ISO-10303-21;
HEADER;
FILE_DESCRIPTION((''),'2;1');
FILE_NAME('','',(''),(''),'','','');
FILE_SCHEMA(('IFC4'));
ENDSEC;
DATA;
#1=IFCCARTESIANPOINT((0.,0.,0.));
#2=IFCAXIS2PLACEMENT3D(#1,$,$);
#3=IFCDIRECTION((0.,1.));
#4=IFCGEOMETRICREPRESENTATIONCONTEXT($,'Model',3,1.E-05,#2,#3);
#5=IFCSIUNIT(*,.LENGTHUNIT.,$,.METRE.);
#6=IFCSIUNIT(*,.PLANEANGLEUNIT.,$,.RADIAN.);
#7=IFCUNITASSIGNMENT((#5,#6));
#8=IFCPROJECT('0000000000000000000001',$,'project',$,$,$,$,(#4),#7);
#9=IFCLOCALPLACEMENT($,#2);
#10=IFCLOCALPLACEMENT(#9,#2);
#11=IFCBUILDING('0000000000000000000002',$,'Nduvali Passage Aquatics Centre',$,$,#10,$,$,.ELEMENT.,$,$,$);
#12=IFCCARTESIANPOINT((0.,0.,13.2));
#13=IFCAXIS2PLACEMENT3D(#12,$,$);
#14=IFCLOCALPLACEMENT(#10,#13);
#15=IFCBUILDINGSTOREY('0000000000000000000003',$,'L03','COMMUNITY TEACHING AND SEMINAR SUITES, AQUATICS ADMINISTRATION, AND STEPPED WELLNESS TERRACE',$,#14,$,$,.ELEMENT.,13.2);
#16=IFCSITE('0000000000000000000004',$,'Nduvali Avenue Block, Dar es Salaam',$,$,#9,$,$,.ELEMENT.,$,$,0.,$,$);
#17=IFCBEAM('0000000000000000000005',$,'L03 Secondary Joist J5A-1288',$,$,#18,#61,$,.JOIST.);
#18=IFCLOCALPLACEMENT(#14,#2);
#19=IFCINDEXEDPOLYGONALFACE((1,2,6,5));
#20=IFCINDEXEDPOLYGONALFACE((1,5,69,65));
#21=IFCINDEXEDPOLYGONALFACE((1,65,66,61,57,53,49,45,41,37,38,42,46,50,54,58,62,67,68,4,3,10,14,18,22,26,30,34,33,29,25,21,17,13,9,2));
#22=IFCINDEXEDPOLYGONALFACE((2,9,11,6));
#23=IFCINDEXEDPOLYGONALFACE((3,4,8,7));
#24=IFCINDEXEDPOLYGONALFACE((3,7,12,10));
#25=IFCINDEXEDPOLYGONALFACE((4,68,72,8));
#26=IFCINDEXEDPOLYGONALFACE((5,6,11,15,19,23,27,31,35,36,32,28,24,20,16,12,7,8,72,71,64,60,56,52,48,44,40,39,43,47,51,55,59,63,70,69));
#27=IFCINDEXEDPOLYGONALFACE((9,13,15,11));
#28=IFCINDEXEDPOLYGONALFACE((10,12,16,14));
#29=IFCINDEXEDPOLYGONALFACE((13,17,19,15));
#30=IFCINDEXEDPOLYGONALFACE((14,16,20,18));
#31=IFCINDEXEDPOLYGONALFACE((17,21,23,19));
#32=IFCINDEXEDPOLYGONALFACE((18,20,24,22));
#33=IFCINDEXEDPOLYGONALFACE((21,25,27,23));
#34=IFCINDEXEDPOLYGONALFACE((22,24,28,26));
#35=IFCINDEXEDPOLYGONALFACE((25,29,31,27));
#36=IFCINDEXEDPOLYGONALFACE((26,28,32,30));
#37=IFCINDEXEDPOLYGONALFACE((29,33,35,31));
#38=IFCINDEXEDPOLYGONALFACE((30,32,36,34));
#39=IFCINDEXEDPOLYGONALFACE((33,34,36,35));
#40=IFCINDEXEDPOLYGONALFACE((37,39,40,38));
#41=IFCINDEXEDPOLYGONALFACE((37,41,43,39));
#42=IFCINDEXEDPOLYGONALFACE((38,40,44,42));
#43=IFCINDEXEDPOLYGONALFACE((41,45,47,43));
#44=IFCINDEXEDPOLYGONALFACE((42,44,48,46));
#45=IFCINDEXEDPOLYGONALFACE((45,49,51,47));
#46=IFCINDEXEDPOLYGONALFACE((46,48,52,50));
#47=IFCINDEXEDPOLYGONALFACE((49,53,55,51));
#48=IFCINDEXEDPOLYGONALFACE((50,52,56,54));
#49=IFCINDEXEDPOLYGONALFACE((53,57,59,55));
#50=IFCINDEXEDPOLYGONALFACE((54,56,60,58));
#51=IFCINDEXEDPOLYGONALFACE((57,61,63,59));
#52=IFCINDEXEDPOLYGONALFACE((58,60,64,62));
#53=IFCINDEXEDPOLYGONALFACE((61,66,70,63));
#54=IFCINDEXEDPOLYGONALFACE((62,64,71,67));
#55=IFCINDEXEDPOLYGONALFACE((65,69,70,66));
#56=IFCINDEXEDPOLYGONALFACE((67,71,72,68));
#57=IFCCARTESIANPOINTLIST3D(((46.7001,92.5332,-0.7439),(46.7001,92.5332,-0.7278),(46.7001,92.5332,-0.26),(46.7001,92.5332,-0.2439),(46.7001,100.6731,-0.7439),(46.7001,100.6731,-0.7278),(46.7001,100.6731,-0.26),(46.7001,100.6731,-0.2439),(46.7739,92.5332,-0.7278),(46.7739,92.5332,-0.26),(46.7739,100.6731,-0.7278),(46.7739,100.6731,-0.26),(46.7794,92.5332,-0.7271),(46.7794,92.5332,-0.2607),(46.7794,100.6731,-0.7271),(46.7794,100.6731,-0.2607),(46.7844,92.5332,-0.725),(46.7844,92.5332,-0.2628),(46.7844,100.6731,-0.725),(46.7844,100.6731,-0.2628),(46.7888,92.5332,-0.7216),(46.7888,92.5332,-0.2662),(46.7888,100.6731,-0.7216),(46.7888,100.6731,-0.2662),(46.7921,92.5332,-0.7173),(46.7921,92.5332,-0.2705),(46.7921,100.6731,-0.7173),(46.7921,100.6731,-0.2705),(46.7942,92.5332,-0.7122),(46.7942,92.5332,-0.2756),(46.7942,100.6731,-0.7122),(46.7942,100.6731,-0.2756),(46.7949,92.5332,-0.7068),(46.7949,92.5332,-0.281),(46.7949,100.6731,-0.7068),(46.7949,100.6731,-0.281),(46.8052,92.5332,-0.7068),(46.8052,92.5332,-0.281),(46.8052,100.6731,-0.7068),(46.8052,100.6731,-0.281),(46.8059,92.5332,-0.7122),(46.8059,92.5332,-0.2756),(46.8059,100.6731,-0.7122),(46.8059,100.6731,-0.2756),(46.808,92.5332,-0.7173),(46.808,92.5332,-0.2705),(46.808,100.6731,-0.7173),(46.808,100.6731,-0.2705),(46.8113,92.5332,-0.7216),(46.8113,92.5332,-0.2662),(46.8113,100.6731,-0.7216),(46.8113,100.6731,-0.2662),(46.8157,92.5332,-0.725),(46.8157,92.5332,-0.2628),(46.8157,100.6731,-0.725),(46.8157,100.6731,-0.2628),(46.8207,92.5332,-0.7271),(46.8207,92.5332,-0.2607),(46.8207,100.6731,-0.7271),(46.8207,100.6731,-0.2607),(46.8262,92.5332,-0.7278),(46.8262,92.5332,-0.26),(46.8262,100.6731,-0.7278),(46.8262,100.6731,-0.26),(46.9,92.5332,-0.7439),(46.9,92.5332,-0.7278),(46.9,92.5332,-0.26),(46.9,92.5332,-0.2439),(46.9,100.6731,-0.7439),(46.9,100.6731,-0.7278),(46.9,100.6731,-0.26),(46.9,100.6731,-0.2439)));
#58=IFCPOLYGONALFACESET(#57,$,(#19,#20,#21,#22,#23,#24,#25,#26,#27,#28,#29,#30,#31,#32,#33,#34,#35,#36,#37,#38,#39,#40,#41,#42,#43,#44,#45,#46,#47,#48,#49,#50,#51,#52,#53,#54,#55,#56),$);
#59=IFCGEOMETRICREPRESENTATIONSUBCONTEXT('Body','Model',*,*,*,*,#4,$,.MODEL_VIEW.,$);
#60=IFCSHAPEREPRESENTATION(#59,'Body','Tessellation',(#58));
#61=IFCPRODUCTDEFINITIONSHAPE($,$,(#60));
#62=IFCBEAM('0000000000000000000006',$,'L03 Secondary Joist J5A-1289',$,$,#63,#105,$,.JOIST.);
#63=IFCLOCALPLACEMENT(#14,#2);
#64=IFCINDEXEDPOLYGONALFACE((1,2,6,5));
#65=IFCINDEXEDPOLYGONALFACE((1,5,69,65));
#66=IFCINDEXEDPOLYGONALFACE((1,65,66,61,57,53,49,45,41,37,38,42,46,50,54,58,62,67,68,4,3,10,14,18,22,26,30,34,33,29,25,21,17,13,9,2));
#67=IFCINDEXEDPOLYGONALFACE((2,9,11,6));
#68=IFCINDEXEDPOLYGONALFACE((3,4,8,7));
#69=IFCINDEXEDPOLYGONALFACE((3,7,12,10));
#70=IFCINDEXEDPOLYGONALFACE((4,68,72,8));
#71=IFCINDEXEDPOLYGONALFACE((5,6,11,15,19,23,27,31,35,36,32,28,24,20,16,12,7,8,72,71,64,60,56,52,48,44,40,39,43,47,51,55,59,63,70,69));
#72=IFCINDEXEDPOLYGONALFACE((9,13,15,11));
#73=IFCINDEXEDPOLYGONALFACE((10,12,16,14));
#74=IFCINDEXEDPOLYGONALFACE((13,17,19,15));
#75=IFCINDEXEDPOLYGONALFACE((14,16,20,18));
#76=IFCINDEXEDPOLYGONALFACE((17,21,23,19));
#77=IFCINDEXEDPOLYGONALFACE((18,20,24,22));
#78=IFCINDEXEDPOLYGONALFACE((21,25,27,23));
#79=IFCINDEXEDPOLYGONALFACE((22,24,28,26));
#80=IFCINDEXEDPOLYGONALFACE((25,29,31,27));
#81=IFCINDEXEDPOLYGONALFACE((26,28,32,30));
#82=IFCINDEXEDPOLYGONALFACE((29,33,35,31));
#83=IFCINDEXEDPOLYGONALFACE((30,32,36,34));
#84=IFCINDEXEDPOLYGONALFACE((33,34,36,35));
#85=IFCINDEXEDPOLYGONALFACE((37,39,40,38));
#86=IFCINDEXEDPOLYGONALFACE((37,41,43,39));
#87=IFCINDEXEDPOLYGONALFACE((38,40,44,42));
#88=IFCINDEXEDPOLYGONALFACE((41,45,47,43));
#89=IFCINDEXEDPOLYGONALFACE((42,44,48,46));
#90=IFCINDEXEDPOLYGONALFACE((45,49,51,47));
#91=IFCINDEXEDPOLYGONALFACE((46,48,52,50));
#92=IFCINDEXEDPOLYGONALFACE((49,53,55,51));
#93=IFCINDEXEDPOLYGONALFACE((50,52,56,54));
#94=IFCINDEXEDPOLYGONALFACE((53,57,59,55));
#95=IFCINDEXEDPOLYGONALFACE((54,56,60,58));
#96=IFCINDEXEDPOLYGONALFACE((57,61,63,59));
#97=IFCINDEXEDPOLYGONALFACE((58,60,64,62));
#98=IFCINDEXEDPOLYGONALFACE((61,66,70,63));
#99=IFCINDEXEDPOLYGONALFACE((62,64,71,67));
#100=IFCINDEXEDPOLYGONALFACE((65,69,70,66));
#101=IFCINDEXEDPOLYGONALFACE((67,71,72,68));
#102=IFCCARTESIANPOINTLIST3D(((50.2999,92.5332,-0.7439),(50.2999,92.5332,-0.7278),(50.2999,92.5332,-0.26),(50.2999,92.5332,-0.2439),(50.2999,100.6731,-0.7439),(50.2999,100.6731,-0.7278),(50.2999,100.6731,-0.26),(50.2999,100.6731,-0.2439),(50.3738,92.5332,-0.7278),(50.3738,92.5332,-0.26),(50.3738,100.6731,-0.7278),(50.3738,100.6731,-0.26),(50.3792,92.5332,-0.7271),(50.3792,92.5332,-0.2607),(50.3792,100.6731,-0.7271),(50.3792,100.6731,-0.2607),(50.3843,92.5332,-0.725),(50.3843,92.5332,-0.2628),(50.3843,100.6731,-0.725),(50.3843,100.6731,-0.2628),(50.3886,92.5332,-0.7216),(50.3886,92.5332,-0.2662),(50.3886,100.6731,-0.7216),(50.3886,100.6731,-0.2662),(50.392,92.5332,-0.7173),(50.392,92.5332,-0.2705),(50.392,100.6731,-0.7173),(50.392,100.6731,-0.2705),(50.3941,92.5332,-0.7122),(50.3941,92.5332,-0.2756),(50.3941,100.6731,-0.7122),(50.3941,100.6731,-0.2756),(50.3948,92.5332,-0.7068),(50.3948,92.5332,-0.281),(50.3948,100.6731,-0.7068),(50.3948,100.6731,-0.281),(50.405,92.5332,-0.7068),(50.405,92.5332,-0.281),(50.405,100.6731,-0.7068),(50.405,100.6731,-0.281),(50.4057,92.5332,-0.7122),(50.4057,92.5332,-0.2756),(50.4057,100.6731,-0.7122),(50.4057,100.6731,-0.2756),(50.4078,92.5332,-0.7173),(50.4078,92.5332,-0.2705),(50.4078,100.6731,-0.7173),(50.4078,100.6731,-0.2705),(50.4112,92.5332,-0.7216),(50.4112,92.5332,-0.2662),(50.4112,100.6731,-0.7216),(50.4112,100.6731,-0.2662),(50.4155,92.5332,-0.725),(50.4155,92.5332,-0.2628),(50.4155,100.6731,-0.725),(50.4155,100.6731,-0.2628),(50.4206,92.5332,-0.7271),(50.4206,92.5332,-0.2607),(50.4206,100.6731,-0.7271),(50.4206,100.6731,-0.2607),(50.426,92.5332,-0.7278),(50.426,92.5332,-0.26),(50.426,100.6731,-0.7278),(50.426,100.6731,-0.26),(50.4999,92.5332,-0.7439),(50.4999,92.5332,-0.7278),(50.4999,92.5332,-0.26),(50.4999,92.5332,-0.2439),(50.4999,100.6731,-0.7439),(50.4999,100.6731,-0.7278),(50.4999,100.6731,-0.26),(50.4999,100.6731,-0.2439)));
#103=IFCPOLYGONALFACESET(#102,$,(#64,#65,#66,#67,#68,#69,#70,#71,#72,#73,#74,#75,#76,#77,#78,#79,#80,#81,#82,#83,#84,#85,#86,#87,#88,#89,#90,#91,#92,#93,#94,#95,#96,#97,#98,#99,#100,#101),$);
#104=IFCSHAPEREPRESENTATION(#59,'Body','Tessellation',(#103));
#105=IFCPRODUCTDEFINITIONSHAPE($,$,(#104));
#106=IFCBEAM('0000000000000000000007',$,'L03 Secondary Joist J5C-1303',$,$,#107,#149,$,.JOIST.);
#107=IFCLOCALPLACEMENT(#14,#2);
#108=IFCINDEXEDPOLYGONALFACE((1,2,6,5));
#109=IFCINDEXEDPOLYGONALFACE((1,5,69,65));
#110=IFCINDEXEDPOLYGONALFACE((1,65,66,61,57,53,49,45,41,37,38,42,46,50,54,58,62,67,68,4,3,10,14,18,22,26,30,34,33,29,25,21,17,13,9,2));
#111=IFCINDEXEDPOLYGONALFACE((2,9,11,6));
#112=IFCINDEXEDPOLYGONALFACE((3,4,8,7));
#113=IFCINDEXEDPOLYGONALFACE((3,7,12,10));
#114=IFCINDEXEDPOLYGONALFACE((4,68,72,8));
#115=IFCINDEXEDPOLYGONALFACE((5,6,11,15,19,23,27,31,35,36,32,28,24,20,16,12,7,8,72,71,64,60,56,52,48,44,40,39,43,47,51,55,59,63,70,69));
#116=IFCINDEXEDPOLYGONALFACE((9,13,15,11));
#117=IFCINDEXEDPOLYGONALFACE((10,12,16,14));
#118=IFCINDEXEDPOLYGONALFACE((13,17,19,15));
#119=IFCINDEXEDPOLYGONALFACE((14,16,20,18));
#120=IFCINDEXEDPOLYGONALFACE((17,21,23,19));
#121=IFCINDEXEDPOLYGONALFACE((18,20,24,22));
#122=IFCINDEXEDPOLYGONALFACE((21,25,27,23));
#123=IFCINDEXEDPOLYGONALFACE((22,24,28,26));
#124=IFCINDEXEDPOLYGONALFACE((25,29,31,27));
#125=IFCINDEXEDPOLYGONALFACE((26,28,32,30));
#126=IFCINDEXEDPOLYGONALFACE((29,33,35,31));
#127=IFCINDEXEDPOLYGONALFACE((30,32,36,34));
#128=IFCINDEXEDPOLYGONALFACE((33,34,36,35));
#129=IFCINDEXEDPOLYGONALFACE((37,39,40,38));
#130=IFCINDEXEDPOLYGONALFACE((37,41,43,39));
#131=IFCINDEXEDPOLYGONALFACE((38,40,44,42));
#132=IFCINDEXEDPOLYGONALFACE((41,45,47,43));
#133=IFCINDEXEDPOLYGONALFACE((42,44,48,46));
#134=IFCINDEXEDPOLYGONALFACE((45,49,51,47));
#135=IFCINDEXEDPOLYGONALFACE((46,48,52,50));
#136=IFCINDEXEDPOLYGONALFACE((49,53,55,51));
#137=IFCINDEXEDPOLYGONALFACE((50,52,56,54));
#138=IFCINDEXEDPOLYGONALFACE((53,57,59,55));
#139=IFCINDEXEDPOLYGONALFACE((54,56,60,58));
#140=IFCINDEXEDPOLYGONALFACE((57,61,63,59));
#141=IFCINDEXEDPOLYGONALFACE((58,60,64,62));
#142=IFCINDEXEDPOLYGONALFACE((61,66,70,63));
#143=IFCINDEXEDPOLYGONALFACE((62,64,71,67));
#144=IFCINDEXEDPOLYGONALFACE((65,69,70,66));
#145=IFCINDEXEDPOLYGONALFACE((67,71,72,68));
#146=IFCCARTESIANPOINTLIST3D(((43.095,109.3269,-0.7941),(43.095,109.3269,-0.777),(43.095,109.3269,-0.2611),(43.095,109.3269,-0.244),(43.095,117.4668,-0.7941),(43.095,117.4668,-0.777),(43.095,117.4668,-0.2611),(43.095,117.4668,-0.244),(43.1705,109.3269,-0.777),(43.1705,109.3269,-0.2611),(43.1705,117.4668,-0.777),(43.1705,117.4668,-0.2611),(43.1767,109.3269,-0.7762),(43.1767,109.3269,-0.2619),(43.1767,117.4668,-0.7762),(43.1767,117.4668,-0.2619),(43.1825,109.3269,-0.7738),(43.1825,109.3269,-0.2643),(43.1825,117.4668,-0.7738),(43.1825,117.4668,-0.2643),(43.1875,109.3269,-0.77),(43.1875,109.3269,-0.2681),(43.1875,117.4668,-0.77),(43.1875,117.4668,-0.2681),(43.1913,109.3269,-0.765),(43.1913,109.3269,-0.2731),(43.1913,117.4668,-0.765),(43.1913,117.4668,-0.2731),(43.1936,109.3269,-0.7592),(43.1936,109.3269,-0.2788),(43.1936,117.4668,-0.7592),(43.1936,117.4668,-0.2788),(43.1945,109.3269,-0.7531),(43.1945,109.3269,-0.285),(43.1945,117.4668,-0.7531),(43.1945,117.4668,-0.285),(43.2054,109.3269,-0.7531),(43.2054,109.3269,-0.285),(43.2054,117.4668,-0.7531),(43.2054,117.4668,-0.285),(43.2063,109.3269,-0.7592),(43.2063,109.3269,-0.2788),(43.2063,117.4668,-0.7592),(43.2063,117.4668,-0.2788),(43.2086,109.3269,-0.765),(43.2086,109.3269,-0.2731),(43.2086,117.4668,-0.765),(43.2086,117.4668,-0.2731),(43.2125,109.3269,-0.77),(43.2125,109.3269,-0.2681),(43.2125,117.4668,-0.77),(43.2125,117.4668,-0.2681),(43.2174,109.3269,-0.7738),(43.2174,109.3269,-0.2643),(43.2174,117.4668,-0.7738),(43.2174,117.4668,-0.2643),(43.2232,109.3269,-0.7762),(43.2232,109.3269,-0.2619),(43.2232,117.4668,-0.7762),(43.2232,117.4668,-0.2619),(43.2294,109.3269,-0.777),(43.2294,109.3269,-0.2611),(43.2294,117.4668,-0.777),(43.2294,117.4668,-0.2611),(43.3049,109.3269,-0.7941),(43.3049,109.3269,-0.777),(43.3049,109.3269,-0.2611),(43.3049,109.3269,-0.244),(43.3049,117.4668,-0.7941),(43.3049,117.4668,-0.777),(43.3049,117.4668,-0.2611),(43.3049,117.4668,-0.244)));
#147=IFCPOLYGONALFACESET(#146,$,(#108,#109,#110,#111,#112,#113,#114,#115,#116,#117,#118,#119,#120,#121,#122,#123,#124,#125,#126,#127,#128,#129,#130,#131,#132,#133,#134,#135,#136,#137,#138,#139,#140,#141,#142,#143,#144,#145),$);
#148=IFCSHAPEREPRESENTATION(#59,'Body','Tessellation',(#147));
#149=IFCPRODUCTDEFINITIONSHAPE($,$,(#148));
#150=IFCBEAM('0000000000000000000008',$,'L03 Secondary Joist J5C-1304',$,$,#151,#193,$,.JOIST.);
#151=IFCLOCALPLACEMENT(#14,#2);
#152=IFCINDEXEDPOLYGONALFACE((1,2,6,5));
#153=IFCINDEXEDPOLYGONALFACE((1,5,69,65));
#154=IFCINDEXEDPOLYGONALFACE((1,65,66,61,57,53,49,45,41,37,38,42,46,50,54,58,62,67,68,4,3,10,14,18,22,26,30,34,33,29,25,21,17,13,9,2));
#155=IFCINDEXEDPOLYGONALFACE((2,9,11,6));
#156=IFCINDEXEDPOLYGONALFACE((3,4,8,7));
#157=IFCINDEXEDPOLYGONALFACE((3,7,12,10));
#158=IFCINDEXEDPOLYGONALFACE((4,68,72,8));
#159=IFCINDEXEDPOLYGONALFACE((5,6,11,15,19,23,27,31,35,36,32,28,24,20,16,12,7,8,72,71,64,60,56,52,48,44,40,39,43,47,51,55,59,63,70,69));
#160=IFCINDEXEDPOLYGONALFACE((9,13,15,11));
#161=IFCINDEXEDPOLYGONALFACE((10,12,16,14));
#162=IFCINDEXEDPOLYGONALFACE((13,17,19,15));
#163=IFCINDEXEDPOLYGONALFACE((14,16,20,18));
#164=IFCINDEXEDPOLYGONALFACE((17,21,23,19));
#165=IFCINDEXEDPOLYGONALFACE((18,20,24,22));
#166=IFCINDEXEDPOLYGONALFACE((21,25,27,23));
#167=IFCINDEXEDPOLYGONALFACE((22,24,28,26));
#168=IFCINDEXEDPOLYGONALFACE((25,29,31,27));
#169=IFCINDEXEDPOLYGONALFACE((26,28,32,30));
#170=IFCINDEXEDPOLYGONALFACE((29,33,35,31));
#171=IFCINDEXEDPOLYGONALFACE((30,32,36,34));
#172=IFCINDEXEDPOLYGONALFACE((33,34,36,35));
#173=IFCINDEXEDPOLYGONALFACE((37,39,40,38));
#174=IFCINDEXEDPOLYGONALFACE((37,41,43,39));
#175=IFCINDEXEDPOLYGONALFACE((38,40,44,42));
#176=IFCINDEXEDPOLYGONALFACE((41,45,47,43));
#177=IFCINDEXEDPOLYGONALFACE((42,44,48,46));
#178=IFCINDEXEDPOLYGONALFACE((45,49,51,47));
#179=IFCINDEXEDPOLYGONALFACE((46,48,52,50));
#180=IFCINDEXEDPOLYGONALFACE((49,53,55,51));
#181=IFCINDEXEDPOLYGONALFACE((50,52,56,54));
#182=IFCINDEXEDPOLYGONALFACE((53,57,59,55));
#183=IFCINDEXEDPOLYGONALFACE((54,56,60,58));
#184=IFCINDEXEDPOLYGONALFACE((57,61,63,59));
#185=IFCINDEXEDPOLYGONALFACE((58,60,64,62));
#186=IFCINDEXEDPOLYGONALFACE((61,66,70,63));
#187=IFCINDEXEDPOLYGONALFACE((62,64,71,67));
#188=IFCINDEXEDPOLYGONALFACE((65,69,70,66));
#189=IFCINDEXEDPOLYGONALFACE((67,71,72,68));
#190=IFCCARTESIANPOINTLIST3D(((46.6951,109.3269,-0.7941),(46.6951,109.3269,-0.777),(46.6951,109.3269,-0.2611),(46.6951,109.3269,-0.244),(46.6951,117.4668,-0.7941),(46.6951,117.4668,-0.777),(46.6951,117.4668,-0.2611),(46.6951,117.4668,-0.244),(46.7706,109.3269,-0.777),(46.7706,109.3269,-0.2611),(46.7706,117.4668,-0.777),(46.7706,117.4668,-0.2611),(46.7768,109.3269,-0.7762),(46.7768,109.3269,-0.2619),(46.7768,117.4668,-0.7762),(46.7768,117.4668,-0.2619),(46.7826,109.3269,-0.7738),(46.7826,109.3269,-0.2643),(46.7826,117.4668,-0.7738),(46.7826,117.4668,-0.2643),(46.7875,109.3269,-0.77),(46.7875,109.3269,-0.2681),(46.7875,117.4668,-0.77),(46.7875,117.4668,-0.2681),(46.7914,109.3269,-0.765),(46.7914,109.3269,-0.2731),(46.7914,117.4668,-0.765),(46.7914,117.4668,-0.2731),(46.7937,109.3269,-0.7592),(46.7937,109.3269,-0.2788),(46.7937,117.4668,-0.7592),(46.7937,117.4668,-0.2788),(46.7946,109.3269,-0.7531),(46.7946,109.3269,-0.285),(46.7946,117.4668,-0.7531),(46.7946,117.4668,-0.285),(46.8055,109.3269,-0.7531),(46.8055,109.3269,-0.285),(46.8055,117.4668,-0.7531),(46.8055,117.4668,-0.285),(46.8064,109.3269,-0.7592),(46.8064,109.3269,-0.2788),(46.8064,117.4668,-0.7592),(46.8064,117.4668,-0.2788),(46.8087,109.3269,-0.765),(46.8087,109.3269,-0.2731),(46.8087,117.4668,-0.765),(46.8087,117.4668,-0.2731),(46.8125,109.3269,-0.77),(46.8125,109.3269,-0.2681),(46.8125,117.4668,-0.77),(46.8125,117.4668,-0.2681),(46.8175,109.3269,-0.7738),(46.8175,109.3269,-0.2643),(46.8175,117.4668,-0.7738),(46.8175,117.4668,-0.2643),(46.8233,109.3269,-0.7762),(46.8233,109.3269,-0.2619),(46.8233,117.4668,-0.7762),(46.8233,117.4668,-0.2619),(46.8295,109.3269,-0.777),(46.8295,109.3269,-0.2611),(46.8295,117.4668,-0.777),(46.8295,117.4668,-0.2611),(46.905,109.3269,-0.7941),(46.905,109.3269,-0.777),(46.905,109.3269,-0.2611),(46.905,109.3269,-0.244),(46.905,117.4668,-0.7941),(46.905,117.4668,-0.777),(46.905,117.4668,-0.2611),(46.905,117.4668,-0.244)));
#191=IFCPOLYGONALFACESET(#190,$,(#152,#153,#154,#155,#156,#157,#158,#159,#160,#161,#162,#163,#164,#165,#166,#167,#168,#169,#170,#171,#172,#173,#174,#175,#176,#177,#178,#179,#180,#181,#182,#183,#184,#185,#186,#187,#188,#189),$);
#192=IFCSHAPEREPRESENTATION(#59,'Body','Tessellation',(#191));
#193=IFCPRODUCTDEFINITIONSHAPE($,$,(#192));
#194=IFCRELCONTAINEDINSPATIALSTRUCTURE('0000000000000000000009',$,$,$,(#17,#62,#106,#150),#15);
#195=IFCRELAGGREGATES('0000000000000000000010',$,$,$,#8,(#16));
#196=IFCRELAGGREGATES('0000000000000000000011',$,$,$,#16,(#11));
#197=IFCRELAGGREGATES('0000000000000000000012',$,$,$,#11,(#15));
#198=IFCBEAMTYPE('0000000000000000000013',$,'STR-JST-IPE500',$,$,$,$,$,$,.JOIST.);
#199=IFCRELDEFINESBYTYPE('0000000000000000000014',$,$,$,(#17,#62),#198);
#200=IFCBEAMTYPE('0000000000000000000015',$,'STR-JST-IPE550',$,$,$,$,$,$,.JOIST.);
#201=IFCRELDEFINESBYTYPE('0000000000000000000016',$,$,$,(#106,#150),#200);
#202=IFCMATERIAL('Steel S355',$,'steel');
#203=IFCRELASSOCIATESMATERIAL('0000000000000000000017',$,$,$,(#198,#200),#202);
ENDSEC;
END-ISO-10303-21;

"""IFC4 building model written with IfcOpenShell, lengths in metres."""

from ifc_helpers import new_model, si_unit, direction, frame, origin, origin_2d, place, context, subcontext, project, spatial, i_section, extrude, material, material_profile, profile_set, type_object, element, save


model = new_model("IFC4")

# Units and contexts
model_context = context("Model", 3, precision=1e-05, world=origin(), true_north=direction((0.0, 1.0)))
body_context = subcontext(model_context, "Body", "Model", "MODEL_VIEW")
ifc_project = project(units=[si_unit("LENGTHUNIT", "METRE"), si_unit("PLANEANGLEUNIT", "RADIAN")], contexts=[model_context])

# Site, building, storey
site_placement = place(None, origin())
site = spatial("IfcSite", under=ifc_project, at=site_placement, Name="Nduvali Avenue Block, Dar es Salaam", CompositionType="ELEMENT", RefElevation=0.0)
building_placement = place(site_placement, origin())
building = spatial("IfcBuilding", under=site, at=building_placement, Name="Nduvali Passage Aquatics Centre", CompositionType="ELEMENT")
storey_placement = place(building_placement, frame((0.0, 0.0, 13.2)))
storey = spatial("IfcBuildingStorey", under=building, at=storey_placement, Name="L03", Description="COMMUNITY TEACHING AND SEMINAR SUITES, AQUATICS ADMINISTRATION, AND STEPPED WELLNESS TERRACE", CompositionType="ELEMENT", Elevation=13.2)

# Shared definitions
ifc_material_1 = material(Name="Steel S355", Category="steel")

# Beams
ifc_material_profile_1 = material_profile(ifc_material_1, i_section(OverallWidth=0.2, OverallDepth=0.5, WebThickness=0.0103, FlangeThickness=0.0161, FilletRadius=0.021, at=origin_2d()), Name="IPE 500")
ifc_profile_set_1 = profile_set([ifc_material_profile_1], Name="Steel S355")
beam_type_1 = type_object("IfcBeamType", Name="STR-JST-IPE500", PredefinedType="JOIST", material=ifc_profile_set_1)
for number, where, z_axis, x_axis, name in (
    (1, (46.8, 92.5332, -0.4939), (0.0, 1.0, 0.0), (-1.0, 0.0, 0.0), "L03 Secondary Joist J5A-1288"),
    (2, (50.3999, 92.5332, -0.4939), (0.0, 1.0, 0.0), (-1.0, 0.0, 0.0), "L03 Secondary Joist J5A-1289"),
):
    element("IfcBeam", number, at=place(storey_placement, frame(where, z_axis=z_axis, x_axis=x_axis)), inside=storey, type_object=beam_type_1, Name=name, PredefinedType="JOIST", context=body_context, shape_type="SweptSolid", body=[
        extrude(i_section(OverallWidth=0.2, OverallDepth=0.5, WebThickness=0.0103, FlangeThickness=0.0161, FilletRadius=0.021, at=origin_2d()), origin(), (0.0, 0.0, 1.0), 8.1399),
    ])
ifc_material_profile_2 = material_profile(ifc_material_1, i_section(OverallWidth=0.21, OverallDepth=0.55, WebThickness=0.011, FlangeThickness=0.0171, FilletRadius=0.0239, at=origin_2d()), Name="IPE 550")
ifc_profile_set_2 = profile_set([ifc_material_profile_2], Name="Steel S355")
beam_type_2 = type_object("IfcBeamType", Name="STR-JST-IPE550", PredefinedType="JOIST", material=ifc_profile_set_2)
for number, where, z_axis, x_axis, name in (
    (3, (43.2, 109.3269, -0.519), (0.0, 1.0, 0.0), (-1.0, 0.0, 0.0), "L03 Secondary Joist J5C-1303"),
    (4, (46.8, 109.3269, -0.519), (0.0, 1.0, 0.0), (-1.0, 0.0, 0.0), "L03 Secondary Joist J5C-1304"),
):
    element("IfcBeam", number, at=place(storey_placement, frame(where, z_axis=z_axis, x_axis=x_axis)), inside=storey, type_object=beam_type_2, Name=name, PredefinedType="JOIST", context=body_context, shape_type="SweptSolid", body=[
        extrude(i_section(OverallWidth=0.21, OverallDepth=0.55, WebThickness=0.011, FlangeThickness=0.0171, FilletRadius=0.0239, at=origin_2d()), origin(), (0.0, 0.0, 1.0), 8.1399),
    ])

save(model, "model.ifc")
